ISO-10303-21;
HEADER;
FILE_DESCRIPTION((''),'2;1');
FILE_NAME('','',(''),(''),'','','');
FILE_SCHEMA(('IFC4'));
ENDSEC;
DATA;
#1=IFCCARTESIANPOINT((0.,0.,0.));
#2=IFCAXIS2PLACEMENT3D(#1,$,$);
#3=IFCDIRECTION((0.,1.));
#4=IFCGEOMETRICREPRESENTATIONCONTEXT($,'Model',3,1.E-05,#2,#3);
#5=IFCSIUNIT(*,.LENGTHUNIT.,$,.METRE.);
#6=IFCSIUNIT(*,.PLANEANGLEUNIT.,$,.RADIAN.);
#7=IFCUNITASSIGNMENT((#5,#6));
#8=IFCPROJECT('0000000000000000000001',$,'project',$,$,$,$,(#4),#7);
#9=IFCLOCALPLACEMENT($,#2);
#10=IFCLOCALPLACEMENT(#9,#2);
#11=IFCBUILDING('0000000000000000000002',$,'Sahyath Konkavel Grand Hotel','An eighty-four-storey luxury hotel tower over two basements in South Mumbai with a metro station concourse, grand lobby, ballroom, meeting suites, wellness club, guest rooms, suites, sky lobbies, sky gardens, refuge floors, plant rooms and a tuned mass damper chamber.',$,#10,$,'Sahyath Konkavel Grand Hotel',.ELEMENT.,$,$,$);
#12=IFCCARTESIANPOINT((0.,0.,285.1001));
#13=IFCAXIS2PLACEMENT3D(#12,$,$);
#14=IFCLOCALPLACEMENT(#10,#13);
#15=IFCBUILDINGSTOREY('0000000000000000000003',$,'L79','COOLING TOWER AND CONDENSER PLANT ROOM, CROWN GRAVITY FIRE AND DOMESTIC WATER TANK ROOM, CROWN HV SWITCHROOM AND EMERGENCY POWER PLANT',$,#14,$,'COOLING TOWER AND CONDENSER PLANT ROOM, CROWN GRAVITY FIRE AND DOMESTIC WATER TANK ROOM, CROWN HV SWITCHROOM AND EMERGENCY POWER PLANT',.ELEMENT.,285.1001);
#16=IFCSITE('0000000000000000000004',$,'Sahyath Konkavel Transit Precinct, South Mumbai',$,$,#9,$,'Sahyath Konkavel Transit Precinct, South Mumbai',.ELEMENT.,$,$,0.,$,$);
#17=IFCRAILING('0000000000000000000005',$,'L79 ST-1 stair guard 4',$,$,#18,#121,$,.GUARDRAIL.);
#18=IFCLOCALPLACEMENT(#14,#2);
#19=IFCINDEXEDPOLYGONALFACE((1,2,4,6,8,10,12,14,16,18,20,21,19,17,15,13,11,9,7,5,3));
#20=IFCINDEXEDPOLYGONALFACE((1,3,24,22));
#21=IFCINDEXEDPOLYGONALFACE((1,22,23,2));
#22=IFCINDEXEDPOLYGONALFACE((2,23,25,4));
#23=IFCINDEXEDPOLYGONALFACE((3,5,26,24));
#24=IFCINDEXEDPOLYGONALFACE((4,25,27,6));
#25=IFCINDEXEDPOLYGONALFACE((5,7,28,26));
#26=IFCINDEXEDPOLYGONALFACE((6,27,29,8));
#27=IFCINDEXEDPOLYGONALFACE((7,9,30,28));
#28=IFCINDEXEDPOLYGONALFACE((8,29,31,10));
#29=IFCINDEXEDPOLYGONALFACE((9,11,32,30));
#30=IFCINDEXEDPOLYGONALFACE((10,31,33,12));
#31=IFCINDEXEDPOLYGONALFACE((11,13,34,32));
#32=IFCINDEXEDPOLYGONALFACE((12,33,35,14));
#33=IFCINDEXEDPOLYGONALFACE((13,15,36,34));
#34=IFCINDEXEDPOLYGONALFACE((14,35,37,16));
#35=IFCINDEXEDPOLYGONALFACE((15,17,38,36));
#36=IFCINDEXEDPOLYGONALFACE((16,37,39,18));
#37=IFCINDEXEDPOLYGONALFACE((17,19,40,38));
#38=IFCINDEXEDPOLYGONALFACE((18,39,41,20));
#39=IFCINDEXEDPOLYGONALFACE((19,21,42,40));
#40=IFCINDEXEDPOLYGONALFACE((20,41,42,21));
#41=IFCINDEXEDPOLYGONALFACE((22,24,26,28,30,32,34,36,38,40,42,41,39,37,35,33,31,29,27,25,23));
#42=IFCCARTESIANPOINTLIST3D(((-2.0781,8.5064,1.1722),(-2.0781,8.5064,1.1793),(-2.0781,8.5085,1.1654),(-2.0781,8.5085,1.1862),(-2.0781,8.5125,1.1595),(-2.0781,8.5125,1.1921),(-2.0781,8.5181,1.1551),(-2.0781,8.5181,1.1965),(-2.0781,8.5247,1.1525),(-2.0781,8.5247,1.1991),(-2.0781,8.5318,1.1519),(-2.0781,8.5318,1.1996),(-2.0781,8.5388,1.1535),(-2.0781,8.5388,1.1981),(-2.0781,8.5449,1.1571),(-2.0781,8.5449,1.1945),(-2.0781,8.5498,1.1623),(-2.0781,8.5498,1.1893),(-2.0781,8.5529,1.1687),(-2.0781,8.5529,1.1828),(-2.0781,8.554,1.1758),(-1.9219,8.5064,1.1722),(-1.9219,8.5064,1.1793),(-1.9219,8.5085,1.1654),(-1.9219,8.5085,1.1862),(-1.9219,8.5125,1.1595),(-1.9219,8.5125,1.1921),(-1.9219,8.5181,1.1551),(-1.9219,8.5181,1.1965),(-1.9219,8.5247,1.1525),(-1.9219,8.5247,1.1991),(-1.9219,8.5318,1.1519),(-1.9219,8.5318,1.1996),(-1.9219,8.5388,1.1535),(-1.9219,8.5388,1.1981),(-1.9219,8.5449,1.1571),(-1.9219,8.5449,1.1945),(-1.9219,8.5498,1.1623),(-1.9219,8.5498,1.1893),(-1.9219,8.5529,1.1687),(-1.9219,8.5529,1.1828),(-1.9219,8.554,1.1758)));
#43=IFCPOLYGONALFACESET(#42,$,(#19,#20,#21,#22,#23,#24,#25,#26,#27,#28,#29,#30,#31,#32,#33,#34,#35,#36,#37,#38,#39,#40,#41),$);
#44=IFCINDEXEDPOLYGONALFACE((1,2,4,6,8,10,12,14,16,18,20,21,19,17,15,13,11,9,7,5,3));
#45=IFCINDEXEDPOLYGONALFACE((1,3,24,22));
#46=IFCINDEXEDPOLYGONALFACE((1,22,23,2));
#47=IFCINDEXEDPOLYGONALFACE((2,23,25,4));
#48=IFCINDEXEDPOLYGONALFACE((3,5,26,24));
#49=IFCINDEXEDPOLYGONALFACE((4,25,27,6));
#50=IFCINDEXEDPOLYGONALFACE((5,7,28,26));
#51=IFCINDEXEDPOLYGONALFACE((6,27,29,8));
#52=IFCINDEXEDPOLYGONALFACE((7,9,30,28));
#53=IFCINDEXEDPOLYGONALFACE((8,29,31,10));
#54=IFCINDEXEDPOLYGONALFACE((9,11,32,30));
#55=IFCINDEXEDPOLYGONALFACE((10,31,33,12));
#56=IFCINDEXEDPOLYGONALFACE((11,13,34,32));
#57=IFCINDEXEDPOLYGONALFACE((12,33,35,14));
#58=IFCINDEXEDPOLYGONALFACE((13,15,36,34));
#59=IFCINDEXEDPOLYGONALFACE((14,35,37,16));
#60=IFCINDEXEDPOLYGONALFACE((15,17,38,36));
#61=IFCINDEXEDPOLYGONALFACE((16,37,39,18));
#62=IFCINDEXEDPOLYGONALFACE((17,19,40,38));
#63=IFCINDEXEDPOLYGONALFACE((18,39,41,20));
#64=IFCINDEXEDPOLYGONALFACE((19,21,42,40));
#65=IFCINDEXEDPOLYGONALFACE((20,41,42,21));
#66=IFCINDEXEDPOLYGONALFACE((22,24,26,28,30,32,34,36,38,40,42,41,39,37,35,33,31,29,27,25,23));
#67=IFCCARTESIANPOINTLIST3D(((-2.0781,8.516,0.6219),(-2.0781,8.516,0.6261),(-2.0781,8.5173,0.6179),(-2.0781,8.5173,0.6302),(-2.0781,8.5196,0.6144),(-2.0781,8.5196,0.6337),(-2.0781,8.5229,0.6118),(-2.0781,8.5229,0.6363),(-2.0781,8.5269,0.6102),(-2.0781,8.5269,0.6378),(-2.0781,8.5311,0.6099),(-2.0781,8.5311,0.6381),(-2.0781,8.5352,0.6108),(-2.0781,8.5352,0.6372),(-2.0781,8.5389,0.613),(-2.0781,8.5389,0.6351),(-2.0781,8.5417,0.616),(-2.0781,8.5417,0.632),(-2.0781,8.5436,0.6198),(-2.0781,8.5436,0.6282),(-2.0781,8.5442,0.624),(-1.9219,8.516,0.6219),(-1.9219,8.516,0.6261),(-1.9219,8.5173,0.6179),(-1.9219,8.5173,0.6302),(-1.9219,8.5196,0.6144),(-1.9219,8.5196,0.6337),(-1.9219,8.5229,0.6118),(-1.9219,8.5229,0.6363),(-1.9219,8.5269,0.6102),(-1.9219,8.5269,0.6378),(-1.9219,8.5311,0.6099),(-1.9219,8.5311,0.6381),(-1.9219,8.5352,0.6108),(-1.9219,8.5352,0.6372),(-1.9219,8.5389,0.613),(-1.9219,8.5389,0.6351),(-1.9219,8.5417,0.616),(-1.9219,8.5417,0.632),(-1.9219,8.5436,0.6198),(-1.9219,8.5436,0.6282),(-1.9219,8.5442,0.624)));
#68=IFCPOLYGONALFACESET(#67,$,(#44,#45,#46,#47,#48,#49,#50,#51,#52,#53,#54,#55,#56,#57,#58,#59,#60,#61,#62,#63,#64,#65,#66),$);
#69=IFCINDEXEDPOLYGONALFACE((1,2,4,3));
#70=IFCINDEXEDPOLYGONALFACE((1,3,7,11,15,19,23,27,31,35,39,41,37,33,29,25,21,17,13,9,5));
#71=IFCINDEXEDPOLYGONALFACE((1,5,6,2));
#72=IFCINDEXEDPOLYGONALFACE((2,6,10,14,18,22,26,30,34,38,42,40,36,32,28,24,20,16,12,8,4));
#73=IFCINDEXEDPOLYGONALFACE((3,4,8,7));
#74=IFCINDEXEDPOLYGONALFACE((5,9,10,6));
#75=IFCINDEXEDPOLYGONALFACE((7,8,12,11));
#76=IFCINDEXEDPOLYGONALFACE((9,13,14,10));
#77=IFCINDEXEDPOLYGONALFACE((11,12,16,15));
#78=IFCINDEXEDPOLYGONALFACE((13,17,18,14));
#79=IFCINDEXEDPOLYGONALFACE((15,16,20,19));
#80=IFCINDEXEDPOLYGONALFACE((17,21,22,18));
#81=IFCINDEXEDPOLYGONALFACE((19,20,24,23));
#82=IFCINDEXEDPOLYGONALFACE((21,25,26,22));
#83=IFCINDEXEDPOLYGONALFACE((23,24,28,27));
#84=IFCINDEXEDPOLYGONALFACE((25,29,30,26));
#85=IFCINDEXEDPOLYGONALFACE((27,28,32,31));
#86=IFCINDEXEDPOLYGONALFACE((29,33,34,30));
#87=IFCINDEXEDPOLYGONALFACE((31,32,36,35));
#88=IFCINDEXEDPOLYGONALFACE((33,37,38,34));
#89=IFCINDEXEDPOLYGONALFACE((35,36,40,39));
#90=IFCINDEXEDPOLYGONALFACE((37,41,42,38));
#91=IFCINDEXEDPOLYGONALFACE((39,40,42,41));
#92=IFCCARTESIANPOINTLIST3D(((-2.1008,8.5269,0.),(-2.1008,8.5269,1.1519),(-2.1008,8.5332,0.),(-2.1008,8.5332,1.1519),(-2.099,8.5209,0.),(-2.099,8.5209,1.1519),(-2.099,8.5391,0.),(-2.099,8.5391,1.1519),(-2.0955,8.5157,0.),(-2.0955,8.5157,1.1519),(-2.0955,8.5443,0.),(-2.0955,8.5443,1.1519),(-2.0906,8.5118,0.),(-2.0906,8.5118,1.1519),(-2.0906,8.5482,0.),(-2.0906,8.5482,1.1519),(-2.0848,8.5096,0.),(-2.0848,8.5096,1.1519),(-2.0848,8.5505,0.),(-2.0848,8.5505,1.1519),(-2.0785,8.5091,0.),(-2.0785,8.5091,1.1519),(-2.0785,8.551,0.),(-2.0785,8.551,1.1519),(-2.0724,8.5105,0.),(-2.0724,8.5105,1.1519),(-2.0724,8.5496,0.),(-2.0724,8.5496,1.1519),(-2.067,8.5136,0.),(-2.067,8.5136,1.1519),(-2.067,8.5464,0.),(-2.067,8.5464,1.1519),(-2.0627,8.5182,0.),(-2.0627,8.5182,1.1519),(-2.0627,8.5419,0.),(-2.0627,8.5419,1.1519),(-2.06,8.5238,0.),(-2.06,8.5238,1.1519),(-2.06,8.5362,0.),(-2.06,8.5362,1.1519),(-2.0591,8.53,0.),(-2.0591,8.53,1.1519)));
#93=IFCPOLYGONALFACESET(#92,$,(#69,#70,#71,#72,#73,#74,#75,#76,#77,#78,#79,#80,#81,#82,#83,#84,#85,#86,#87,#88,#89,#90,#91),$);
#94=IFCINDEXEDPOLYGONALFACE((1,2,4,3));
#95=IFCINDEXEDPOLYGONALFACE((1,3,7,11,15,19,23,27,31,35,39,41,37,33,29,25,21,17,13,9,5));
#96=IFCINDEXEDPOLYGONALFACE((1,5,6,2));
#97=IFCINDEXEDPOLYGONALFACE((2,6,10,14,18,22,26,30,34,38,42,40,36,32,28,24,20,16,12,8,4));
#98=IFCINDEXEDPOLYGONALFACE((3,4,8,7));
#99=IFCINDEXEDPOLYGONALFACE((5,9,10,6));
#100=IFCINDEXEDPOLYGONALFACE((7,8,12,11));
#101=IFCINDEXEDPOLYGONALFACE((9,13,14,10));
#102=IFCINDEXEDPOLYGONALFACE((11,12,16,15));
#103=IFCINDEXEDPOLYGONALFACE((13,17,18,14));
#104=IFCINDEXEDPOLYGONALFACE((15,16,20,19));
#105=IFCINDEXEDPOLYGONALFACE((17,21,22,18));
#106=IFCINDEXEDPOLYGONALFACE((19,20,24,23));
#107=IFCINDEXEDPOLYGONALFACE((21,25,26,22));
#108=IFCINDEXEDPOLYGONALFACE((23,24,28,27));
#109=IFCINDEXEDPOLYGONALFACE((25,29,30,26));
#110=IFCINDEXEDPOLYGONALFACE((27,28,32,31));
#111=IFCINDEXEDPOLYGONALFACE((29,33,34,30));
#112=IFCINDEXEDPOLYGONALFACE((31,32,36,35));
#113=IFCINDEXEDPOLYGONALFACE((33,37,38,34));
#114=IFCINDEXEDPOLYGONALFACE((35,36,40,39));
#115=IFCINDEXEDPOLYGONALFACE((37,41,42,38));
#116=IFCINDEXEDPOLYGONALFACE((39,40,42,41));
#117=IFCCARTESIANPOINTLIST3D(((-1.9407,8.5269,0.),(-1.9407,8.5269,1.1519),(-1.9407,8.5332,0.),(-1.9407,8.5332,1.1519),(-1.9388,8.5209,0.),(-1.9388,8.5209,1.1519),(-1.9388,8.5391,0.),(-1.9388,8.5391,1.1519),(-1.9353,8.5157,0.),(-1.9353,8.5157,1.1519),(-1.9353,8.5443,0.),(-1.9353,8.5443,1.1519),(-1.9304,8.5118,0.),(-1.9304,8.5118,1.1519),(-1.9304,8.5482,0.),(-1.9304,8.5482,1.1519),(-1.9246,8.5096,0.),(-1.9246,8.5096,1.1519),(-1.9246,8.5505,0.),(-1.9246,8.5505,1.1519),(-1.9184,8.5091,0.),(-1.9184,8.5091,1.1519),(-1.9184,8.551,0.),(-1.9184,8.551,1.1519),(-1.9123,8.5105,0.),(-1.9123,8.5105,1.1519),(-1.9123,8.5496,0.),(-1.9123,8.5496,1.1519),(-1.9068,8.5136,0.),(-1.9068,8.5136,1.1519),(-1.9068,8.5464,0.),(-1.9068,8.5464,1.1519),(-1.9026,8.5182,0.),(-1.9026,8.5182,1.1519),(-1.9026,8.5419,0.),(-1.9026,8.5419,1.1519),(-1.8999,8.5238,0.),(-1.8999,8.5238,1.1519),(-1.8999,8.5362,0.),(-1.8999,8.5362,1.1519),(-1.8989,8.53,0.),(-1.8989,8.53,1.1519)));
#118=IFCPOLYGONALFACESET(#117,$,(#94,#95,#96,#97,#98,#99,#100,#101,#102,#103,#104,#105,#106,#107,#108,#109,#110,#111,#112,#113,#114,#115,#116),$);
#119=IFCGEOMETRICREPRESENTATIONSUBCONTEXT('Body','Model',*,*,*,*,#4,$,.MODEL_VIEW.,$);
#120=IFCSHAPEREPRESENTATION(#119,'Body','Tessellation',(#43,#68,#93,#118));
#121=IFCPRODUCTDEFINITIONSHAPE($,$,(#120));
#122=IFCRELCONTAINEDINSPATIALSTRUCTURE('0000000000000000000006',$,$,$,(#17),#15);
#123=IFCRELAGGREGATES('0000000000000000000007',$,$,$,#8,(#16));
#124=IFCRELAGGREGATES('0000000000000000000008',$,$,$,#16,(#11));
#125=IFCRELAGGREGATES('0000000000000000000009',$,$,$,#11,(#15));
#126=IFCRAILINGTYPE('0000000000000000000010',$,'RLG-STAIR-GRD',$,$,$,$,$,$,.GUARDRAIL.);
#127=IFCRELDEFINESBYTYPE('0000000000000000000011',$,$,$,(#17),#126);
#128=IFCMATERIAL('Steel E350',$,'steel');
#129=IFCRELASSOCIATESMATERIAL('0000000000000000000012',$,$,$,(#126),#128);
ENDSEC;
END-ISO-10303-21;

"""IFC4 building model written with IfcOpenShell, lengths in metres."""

from ifc_helpers import new_model, si_unit, direction, frame, origin, origin_2d, place, context, subcontext, project, spatial, circle, extrude, material, type_object, element, save


model = new_model("IFC4")

# Units and contexts
model_context = context("Model", 3, precision=1e-05, world=origin(), true_north=direction((0.0, 1.0)))
body_context = subcontext(model_context, "Body", "Model", "MODEL_VIEW")
ifc_project = project(units=[si_unit("LENGTHUNIT", "METRE"), si_unit("PLANEANGLEUNIT", "RADIAN")], contexts=[model_context])

# Site, building, storey
site_placement = place(None, origin())
site = spatial("IfcSite", under=ifc_project, at=site_placement, Name="Sahyath Konkavel Transit Precinct, South Mumbai", LongName="Sahyath Konkavel Transit Precinct, South Mumbai", CompositionType="ELEMENT", RefElevation=0.0)
building_placement = place(site_placement, origin())
building = spatial("IfcBuilding", under=site, at=building_placement, Name="Sahyath Konkavel Grand Hotel", Description="An eighty-four-storey luxury hotel tower over two basements in South Mumbai with a metro station concourse, grand lobby, ballroom, meeting suites, wellness club, guest rooms, suites, sky lobbies, sky gardens, refuge floors, plant rooms and a tuned mass damper chamber.", LongName="Sahyath Konkavel Grand Hotel", CompositionType="ELEMENT")
storey_placement = place(building_placement, frame((0.0, 0.0, 285.1001)))
storey = spatial("IfcBuildingStorey", under=building, at=storey_placement, Name="L79", Description="COOLING TOWER AND CONDENSER PLANT ROOM, CROWN GRAVITY FIRE AND DOMESTIC WATER TANK ROOM, CROWN HV SWITCHROOM AND EMERGENCY POWER PLANT", LongName="COOLING TOWER AND CONDENSER PLANT ROOM, CROWN GRAVITY FIRE AND DOMESTIC WATER TANK ROOM, CROWN HV SWITCHROOM AND EMERGENCY POWER PLANT", CompositionType="ELEMENT", Elevation=285.1001)

# Shared definitions
ifc_material_1 = material(Name="Steel E350", Category="steel")

# Railing
railing_type_1 = type_object("IfcRailingType", Name="RLG-STAIR-GRD", PredefinedType="GUARDRAIL", material=ifc_material_1)
railing_1_placement = place(storey_placement, frame((-2.0801, 8.53, 0.0)))
element("IfcRailing", 1, at=railing_1_placement, inside=storey, type_object=railing_type_1, Name="L79 ST-1 stair guard 4", PredefinedType="GUARDRAIL", context=body_context, shape_type="SweptSolid", body=[
    extrude(circle(Radius=0.0239, at=origin_2d()), frame((0.002, 0.0, 1.1758), z_axis=(1.0, 0.0, 0.0), x_axis=(0.0, 1.0, 0.0)), (0.0, 0.0, 1.0), 0.1562),
    extrude(circle(Radius=0.0142, at=origin_2d()), frame((0.002, 0.0, 0.624), z_axis=(1.0, 0.0, 0.0), x_axis=(0.0, 1.0, 0.0)), (0.0, 0.0, 1.0), 0.1562),
    extrude(circle(Radius=0.021, at=origin_2d()), origin(), (0.0, 0.0, 1.0), 1.1519),
    extrude(circle(Radius=0.021, at=origin_2d()), frame((0.1602, 0.0, 0.0)), (0.0, 0.0, 1.0), 1.1519),
])

save(model, "model.ifc")
